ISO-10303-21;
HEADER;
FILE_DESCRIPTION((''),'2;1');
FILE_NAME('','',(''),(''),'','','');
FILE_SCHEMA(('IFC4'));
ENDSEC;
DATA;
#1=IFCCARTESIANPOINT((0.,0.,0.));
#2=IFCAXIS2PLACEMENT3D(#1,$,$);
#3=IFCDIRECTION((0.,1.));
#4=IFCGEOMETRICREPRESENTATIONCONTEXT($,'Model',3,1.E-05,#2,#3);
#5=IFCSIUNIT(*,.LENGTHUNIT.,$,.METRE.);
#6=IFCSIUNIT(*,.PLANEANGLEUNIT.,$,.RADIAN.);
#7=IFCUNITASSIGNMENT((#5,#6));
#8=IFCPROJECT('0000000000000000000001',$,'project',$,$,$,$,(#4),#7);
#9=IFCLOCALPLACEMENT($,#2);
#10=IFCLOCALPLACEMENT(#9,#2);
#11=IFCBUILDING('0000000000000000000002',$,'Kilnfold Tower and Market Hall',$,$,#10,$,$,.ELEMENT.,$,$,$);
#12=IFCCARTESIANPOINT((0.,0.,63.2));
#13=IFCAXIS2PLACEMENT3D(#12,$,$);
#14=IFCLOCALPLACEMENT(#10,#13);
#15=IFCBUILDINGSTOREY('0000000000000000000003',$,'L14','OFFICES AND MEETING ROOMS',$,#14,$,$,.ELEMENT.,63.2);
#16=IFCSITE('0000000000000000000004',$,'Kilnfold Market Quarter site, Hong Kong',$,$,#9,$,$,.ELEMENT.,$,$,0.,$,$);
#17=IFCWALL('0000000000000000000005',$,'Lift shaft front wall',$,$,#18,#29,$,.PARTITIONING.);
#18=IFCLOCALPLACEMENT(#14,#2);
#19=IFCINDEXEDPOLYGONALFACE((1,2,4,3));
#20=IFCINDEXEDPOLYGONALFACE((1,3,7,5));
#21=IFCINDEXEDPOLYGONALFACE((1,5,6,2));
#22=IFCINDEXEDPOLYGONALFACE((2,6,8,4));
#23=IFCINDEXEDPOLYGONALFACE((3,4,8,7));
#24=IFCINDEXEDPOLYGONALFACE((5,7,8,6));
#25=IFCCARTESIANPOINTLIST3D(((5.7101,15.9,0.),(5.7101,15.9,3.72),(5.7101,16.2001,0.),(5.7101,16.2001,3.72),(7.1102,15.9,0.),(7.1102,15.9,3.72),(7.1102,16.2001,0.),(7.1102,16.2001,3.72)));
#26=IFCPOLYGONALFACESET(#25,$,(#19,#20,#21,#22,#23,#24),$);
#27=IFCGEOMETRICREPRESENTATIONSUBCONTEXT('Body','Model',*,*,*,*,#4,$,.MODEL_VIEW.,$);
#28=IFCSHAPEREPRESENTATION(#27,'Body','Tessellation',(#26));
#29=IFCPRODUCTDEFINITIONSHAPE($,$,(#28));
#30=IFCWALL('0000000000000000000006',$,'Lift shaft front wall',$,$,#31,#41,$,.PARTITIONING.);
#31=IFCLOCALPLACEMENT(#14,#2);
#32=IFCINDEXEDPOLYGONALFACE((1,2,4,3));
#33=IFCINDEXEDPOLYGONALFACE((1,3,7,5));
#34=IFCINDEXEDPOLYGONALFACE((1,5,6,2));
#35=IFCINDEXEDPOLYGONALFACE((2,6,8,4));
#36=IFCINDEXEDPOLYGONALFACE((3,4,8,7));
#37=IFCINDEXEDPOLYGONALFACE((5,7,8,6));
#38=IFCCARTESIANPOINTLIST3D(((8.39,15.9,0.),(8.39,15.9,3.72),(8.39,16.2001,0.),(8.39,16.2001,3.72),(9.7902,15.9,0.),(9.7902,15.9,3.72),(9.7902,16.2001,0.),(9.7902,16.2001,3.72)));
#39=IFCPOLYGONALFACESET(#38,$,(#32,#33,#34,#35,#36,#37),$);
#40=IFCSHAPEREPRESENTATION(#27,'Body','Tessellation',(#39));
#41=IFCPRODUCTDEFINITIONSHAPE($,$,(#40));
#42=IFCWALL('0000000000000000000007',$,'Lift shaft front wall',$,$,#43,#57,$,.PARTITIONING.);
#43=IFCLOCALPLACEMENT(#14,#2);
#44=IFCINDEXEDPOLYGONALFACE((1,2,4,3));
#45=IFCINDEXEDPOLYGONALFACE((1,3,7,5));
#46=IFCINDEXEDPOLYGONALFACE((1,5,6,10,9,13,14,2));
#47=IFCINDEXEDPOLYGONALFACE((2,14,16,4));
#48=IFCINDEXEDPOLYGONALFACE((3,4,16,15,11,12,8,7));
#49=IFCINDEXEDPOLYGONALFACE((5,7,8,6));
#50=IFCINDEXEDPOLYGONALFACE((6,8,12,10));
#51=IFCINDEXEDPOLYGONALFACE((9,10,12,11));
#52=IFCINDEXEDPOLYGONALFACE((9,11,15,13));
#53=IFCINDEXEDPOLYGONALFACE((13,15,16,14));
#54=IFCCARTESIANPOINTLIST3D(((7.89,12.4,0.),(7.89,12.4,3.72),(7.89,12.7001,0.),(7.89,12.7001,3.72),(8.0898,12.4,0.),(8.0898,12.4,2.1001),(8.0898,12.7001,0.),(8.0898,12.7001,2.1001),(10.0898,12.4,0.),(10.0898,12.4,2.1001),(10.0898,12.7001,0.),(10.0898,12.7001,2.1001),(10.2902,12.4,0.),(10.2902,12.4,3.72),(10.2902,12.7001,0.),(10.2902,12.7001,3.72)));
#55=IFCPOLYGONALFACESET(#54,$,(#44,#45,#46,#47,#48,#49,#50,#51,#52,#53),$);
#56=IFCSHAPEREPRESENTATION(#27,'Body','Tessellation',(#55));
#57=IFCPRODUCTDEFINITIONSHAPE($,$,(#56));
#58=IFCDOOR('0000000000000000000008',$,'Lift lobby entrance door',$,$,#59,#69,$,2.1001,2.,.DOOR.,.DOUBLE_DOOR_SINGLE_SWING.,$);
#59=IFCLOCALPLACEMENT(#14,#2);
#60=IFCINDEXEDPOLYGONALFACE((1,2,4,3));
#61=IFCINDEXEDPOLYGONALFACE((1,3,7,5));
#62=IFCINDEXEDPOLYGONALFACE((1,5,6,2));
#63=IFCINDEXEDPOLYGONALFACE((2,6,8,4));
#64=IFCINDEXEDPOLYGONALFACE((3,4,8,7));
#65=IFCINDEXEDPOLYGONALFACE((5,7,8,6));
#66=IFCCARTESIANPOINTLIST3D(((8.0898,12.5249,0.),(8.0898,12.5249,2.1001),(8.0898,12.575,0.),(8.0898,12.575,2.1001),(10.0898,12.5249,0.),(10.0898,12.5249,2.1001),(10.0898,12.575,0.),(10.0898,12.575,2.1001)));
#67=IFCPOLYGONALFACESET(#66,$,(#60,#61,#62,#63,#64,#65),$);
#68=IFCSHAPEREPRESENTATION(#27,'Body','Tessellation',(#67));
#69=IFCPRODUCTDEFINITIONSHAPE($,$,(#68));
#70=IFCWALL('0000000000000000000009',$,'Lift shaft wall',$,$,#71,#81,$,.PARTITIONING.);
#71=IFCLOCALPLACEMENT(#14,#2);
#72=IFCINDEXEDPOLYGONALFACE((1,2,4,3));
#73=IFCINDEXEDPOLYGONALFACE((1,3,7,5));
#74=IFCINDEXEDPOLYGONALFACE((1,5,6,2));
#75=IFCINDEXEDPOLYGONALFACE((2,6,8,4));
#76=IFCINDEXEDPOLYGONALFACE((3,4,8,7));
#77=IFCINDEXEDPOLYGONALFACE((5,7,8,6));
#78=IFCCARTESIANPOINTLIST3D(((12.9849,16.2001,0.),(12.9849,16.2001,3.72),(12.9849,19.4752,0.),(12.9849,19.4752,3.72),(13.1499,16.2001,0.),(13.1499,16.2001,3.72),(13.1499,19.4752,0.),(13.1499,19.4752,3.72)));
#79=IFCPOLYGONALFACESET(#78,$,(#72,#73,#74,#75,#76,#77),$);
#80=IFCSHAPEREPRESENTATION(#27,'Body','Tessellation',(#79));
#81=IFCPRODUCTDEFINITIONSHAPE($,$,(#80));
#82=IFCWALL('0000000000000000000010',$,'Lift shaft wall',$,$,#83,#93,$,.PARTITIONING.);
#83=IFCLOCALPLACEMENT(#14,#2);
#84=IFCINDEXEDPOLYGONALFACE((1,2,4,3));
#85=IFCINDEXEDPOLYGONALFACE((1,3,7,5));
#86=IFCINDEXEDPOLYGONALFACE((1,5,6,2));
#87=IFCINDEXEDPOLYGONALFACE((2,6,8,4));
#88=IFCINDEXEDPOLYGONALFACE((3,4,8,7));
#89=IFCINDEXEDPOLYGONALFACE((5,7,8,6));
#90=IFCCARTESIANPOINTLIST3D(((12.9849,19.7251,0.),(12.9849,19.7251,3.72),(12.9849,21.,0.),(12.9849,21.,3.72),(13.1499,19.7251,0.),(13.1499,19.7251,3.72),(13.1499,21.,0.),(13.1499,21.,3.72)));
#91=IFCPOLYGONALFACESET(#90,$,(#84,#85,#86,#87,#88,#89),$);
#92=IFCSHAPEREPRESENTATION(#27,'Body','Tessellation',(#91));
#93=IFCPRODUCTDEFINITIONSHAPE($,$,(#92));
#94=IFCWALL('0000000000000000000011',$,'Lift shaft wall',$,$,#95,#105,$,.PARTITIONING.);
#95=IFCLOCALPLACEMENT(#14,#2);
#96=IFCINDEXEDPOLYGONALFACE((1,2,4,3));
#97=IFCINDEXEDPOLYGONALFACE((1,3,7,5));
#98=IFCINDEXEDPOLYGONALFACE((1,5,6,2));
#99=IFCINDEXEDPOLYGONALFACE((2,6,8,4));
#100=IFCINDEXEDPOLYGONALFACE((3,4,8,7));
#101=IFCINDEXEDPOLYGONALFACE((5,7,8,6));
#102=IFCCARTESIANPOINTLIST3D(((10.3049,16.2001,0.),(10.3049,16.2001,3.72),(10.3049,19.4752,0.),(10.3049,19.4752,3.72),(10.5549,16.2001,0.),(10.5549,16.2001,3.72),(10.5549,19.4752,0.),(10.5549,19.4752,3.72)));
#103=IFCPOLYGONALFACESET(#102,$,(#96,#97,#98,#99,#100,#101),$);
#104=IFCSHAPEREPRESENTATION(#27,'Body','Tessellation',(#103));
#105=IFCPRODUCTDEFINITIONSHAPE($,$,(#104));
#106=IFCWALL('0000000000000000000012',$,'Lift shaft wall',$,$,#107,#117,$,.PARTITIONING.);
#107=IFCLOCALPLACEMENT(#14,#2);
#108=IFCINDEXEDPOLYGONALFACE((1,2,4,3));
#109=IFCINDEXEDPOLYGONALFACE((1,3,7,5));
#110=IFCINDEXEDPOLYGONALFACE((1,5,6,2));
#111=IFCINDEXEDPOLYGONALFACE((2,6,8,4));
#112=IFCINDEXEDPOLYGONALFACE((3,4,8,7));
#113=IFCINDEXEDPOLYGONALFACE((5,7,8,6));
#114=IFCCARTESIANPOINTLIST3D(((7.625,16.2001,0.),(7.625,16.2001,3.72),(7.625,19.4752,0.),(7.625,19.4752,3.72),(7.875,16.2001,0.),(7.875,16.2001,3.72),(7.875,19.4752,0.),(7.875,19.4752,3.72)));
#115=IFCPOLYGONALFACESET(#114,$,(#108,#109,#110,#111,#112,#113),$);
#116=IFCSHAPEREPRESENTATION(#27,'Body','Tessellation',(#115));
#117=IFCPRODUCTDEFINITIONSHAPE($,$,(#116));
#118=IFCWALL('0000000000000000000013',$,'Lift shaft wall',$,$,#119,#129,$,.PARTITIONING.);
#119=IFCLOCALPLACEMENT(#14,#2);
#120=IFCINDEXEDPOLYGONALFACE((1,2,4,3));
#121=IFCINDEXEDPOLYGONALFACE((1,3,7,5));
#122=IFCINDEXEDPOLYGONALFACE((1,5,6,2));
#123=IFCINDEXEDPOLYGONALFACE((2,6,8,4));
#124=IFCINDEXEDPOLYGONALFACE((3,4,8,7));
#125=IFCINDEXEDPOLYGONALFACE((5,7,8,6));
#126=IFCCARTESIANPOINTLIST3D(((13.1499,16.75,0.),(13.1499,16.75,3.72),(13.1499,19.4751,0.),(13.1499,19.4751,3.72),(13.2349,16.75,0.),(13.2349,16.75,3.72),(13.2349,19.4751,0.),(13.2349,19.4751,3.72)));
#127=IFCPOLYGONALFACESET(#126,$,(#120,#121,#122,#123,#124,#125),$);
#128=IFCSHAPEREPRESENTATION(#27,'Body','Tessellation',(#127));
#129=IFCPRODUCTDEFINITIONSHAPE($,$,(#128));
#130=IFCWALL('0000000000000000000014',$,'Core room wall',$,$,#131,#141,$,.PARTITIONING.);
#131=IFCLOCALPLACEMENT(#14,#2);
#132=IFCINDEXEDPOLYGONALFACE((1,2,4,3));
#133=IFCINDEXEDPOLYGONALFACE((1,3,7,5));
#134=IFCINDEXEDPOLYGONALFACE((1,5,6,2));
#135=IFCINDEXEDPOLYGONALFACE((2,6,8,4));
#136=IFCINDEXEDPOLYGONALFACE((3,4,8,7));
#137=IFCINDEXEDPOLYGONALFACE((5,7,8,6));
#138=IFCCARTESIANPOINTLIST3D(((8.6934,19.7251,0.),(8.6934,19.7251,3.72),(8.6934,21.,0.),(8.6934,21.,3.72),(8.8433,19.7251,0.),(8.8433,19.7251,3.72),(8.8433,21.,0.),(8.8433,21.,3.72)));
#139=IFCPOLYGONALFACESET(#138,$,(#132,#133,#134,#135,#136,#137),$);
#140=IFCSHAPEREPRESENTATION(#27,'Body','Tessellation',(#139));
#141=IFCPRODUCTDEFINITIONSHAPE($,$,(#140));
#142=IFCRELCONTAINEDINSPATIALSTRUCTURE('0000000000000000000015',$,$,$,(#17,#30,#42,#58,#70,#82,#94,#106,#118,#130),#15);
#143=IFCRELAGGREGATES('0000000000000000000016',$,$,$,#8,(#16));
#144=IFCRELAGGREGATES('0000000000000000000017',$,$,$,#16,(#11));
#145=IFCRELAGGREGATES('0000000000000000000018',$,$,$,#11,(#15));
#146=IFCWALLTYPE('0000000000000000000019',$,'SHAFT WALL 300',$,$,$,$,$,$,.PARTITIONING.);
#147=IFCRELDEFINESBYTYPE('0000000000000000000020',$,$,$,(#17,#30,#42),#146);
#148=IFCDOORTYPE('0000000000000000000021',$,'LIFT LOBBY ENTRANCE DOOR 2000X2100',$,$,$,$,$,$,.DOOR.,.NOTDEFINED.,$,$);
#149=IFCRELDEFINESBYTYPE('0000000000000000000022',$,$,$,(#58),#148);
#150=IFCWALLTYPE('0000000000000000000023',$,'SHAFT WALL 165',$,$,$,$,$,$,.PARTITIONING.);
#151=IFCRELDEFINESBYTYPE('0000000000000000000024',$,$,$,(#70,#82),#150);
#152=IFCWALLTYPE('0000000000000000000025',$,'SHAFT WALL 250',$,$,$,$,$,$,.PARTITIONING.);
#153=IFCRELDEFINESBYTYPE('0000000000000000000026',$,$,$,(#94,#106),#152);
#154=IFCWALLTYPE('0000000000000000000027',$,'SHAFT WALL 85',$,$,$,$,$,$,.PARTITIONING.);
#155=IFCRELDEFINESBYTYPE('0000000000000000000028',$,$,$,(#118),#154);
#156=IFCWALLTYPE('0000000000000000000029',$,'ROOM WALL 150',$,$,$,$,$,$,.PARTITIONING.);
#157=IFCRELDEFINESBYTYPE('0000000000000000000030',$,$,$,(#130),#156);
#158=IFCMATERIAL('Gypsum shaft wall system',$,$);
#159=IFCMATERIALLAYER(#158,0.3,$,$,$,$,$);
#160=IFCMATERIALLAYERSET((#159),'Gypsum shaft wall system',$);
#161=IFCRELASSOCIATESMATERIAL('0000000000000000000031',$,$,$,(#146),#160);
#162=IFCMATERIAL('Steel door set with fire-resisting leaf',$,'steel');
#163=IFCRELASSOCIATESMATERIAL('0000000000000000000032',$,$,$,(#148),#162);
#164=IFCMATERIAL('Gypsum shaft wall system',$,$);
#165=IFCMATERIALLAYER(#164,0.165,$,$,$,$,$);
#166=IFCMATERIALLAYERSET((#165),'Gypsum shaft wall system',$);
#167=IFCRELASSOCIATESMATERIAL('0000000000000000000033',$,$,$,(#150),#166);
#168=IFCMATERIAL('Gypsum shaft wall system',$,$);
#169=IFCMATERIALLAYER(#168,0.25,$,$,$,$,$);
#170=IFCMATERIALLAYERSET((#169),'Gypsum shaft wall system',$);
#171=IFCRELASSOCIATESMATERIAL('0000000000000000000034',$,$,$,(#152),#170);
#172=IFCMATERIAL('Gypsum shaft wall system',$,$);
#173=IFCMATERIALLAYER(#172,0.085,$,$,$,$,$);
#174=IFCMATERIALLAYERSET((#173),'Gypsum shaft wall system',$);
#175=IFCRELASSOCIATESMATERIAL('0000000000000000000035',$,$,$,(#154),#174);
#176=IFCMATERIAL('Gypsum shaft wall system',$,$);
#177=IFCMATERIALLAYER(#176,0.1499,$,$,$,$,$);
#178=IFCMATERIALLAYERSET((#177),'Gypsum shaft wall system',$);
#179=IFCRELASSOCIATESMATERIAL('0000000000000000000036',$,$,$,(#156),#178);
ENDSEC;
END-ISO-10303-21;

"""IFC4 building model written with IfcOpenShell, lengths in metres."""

from ifc_helpers import new_model, si_unit, direction, frame, frame_2d, origin, place, context, subcontext, project, spatial, rectangle, extrude, source, transform, mapped, material, layer, layer_set, type_object, element, fill, save


model = new_model("IFC4")

# Units and contexts
model_context = context("Model", 3, precision=1e-05, world=origin(), true_north=direction((0.0, 1.0)))
body_context = subcontext(model_context, "Body", "Model", "MODEL_VIEW")
ifc_project = project(units=[si_unit("LENGTHUNIT", "METRE"), si_unit("PLANEANGLEUNIT", "RADIAN")], contexts=[model_context])

# Site, building, storey
site_placement = place(None, origin())
site = spatial("IfcSite", under=ifc_project, at=site_placement, Name="Kilnfold Market Quarter site, Hong Kong", CompositionType="ELEMENT", RefElevation=0.0)
building_placement = place(site_placement, origin())
building = spatial("IfcBuilding", under=site, at=building_placement, Name="Kilnfold Tower and Market Hall", CompositionType="ELEMENT")
storey_placement = place(building_placement, frame((0.0, 0.0, 63.2)))
storey = spatial("IfcBuildingStorey", under=building, at=storey_placement, Name="L14", Description="OFFICES AND MEETING ROOMS", CompositionType="ELEMENT", Elevation=63.2)

# Shared definitions
ifc_material_1 = material(Name="Gypsum shaft wall system")
ifc_layer_1 = layer(ifc_material_1, 0.3)
ifc_layer_set_1 = layer_set([ifc_layer_1], Name="Gypsum shaft wall system")
wall_type_1 = type_object("IfcWallType", Name="SHAFT WALL 300", PredefinedType="PARTITIONING", material=ifc_layer_set_1)
shared_shape_1 = source(origin(), body_context, "Body", "SweptSolid", [
    extrude(rectangle(XDim=1.4001, YDim=0.3, at=frame_2d((0.7002, 0.0))), origin(), (0.0, 0.0, 1.0), 3.72),
])

# Walls
for number, where, z_axis, x_axis, name in (
    (1, (5.71, 16.05, 0.0), (0.0, 0.0, 1.0), (1.0, 0.0, 0.0), "Lift shaft front wall"),
    (2, (8.3899, 16.05, 0.0), (0.0, 0.0, 1.0), (1.0, 0.0, 0.0), "Lift shaft front wall"),
):
    element("IfcWall", number, at=place(storey_placement, frame(where, z_axis=z_axis, x_axis=x_axis)), inside=storey, type_object=wall_type_1, Name=name, PredefinedType="PARTITIONING", context=body_context, shape_type="MappedRepresentation", body=[
        mapped(shared_shape_1, transform((0.0, 0.0, 0.0))),
    ])

# Wall, opening, door
shared_shape_2 = source(origin(), body_context, "Body", "SweptSolid", [
    extrude(rectangle(XDim=2.4001, YDim=0.3, at=frame_2d((1.2002, 0.0))), origin(), (0.0, 0.0, 1.0), 3.72),
])
wall_1_placement = place(storey_placement, frame((7.8899, 12.55, 0.0), z_axis=(0.0, 0.0, 1.0), x_axis=(1.0, 0.0, 0.0)))
wall_1 = element("IfcWall", 3, at=wall_1_placement, inside=storey, type_object=wall_type_1, Name="Lift shaft front wall", PredefinedType="PARTITIONING", context=body_context, shape_type="MappedRepresentation", body=[
    mapped(shared_shape_2, transform((0.0, 0.0, 0.0))),
])
opening_1_placement = place(wall_1_placement, frame((0.2, 0.0, 0.0)))
opening_1 = element("IfcOpeningElement", 4, at=opening_1_placement, cuts=wall_1, PredefinedType="OPENING", context=body_context, shape_type="SweptSolid", body=[
    extrude(rectangle(XDim=2.0, YDim=2.1001, at=frame_2d((1.0, 1.05))), frame((0.0, 0.1602, 0.0), z_axis=(0.0, -1.0, 0.0), x_axis=(1.0, 0.0, 0.0)), (0.0, 0.0, 1.0), 0.3201),
])
ifc_material_2 = material(Name="Steel door set with fire-resisting leaf", Category="steel")
door_type_1 = type_object("IfcDoorType", Name="LIFT LOBBY ENTRANCE DOOR 2000X2100", OperationType="NOTDEFINED", PredefinedType="DOOR", material=ifc_material_2)
door_1_placement = place(opening_1_placement, origin())
door_1 = element("IfcDoor", 5, at=door_1_placement, inside=storey, type_object=door_type_1, Name="Lift lobby entrance door", OperationType="DOUBLE_DOOR_SINGLE_SWING", OverallHeight=2.1001, OverallWidth=2.0, PredefinedType="DOOR", context=body_context, shape_type="SweptSolid", body=[
    extrude(rectangle(XDim=2.0, YDim=2.1001, at=frame_2d((1.0, 1.05))), frame((0.0, 0.0249, 0.0), z_axis=(0.0, -1.0, 0.0), x_axis=(1.0, 0.0, 0.0)), (0.0, 0.0, 1.0), 0.05),
])
fill(opening_1, door_1)

# Walls
ifc_material_3 = material(Name="Gypsum shaft wall system")
ifc_layer_2 = layer(ifc_material_3, 0.165)
ifc_layer_set_2 = layer_set([ifc_layer_2], Name="Gypsum shaft wall system")
wall_type_2 = type_object("IfcWallType", Name="SHAFT WALL 165", PredefinedType="PARTITIONING", material=ifc_layer_set_2)
shared_shape_3 = source(origin(), body_context, "Body", "SweptSolid", [
    extrude(rectangle(XDim=3.2751, YDim=0.165, at=frame_2d((1.6377, 0.0))), origin(), (0.0, 0.0, 1.0), 3.72),
])
wall_2_placement = place(storey_placement, frame((13.0674, 16.2, 0.0), z_axis=(0.0, 0.0, 1.0), x_axis=(0.0, 1.0, 0.0)))
element("IfcWall", 6, at=wall_2_placement, inside=storey, type_object=wall_type_2, Name="Lift shaft wall", PredefinedType="PARTITIONING", context=body_context, shape_type="MappedRepresentation", body=[
    mapped(shared_shape_3, transform((0.0, 0.0, 0.0))),
])
shared_shape_4 = source(origin(), body_context, "Body", "SweptSolid", [
    extrude(rectangle(XDim=1.2749, YDim=0.165, at=frame_2d((0.6375, 0.0))), origin(), (0.0, 0.0, 1.0), 3.72),
])
wall_3_placement = place(storey_placement, frame((13.0674, 19.7251, 0.0), z_axis=(0.0, 0.0, 1.0), x_axis=(0.0, 1.0, 0.0)))
element("IfcWall", 7, at=wall_3_placement, inside=storey, type_object=wall_type_2, Name="Lift shaft wall", PredefinedType="PARTITIONING", context=body_context, shape_type="MappedRepresentation", body=[
    mapped(shared_shape_4, transform((0.0, 0.0, 0.0))),
])
ifc_material_4 = material(Name="Gypsum shaft wall system")
ifc_layer_3 = layer(ifc_material_4, 0.25)
ifc_layer_set_3 = layer_set([ifc_layer_3], Name="Gypsum shaft wall system")
wall_type_3 = type_object("IfcWallType", Name="SHAFT WALL 250", PredefinedType="PARTITIONING", material=ifc_layer_set_3)
shared_shape_5 = source(origin(), body_context, "Body", "SweptSolid", [
    extrude(rectangle(XDim=3.2751, YDim=0.25, at=frame_2d((1.6377, 0.0))), origin(), (0.0, 0.0, 1.0), 3.72),
])
for number, where, z_axis, x_axis, name in (
    (8, (10.4299, 16.2, 0.0), (0.0, 0.0, 1.0), (0.0, 1.0, 0.0), "Lift shaft wall"),
    (9, (7.75, 16.2, 0.0), (0.0, 0.0, 1.0), (0.0, 1.0, 0.0), "Lift shaft wall"),
):
    element("IfcWall", number, at=place(storey_placement, frame(where, z_axis=z_axis, x_axis=x_axis)), inside=storey, type_object=wall_type_3, Name=name, PredefinedType="PARTITIONING", context=body_context, shape_type="MappedRepresentation", body=[
        mapped(shared_shape_5, transform((0.0, 0.0, 0.0))),
    ])
ifc_material_5 = material(Name="Gypsum shaft wall system")
ifc_layer_4 = layer(ifc_material_5, 0.085)
ifc_layer_set_4 = layer_set([ifc_layer_4], Name="Gypsum shaft wall system")
wall_type_4 = type_object("IfcWallType", Name="SHAFT WALL 85", PredefinedType="PARTITIONING", material=ifc_layer_set_4)
shared_shape_6 = source(origin(), body_context, "Body", "SweptSolid", [
    extrude(rectangle(XDim=2.7251, YDim=0.085, at=frame_2d((1.3625, 0.0))), origin(), (0.0, 0.0, 1.0), 3.72),
])
wall_4_placement = place(storey_placement, frame((13.1924, 16.75, 0.0), z_axis=(0.0, 0.0, 1.0), x_axis=(0.0, 1.0, 0.0)))
element("IfcWall", 10, at=wall_4_placement, inside=storey, type_object=wall_type_4, Name="Lift shaft wall", PredefinedType="PARTITIONING", context=body_context, shape_type="MappedRepresentation", body=[
    mapped(shared_shape_6, transform((0.0, 0.0, 0.0))),
])
ifc_material_6 = material(Name="Gypsum shaft wall system")
ifc_layer_5 = layer(ifc_material_6, 0.1499)
ifc_layer_set_5 = layer_set([ifc_layer_5], Name="Gypsum shaft wall system")
wall_type_5 = type_object("IfcWallType", Name="ROOM WALL 150", PredefinedType="PARTITIONING", material=ifc_layer_set_5)
shared_shape_7 = source(origin(), body_context, "Body", "SweptSolid", [
    extrude(rectangle(XDim=1.2749, YDim=0.1499, at=frame_2d((0.6375, 0.0))), origin(), (0.0, 0.0, 1.0), 3.72),
])
wall_5_placement = place(storey_placement, frame((8.7683, 19.7251, 0.0), z_axis=(0.0, 0.0, 1.0), x_axis=(0.0, 1.0, 0.0)))
element("IfcWall", 11, at=wall_5_placement, inside=storey, type_object=wall_type_5, Name="Core room wall", PredefinedType="PARTITIONING", context=body_context, shape_type="MappedRepresentation", body=[
    mapped(shared_shape_7, transform((0.0, 0.0, 0.0))),
])

save(model, "model.ifc")
